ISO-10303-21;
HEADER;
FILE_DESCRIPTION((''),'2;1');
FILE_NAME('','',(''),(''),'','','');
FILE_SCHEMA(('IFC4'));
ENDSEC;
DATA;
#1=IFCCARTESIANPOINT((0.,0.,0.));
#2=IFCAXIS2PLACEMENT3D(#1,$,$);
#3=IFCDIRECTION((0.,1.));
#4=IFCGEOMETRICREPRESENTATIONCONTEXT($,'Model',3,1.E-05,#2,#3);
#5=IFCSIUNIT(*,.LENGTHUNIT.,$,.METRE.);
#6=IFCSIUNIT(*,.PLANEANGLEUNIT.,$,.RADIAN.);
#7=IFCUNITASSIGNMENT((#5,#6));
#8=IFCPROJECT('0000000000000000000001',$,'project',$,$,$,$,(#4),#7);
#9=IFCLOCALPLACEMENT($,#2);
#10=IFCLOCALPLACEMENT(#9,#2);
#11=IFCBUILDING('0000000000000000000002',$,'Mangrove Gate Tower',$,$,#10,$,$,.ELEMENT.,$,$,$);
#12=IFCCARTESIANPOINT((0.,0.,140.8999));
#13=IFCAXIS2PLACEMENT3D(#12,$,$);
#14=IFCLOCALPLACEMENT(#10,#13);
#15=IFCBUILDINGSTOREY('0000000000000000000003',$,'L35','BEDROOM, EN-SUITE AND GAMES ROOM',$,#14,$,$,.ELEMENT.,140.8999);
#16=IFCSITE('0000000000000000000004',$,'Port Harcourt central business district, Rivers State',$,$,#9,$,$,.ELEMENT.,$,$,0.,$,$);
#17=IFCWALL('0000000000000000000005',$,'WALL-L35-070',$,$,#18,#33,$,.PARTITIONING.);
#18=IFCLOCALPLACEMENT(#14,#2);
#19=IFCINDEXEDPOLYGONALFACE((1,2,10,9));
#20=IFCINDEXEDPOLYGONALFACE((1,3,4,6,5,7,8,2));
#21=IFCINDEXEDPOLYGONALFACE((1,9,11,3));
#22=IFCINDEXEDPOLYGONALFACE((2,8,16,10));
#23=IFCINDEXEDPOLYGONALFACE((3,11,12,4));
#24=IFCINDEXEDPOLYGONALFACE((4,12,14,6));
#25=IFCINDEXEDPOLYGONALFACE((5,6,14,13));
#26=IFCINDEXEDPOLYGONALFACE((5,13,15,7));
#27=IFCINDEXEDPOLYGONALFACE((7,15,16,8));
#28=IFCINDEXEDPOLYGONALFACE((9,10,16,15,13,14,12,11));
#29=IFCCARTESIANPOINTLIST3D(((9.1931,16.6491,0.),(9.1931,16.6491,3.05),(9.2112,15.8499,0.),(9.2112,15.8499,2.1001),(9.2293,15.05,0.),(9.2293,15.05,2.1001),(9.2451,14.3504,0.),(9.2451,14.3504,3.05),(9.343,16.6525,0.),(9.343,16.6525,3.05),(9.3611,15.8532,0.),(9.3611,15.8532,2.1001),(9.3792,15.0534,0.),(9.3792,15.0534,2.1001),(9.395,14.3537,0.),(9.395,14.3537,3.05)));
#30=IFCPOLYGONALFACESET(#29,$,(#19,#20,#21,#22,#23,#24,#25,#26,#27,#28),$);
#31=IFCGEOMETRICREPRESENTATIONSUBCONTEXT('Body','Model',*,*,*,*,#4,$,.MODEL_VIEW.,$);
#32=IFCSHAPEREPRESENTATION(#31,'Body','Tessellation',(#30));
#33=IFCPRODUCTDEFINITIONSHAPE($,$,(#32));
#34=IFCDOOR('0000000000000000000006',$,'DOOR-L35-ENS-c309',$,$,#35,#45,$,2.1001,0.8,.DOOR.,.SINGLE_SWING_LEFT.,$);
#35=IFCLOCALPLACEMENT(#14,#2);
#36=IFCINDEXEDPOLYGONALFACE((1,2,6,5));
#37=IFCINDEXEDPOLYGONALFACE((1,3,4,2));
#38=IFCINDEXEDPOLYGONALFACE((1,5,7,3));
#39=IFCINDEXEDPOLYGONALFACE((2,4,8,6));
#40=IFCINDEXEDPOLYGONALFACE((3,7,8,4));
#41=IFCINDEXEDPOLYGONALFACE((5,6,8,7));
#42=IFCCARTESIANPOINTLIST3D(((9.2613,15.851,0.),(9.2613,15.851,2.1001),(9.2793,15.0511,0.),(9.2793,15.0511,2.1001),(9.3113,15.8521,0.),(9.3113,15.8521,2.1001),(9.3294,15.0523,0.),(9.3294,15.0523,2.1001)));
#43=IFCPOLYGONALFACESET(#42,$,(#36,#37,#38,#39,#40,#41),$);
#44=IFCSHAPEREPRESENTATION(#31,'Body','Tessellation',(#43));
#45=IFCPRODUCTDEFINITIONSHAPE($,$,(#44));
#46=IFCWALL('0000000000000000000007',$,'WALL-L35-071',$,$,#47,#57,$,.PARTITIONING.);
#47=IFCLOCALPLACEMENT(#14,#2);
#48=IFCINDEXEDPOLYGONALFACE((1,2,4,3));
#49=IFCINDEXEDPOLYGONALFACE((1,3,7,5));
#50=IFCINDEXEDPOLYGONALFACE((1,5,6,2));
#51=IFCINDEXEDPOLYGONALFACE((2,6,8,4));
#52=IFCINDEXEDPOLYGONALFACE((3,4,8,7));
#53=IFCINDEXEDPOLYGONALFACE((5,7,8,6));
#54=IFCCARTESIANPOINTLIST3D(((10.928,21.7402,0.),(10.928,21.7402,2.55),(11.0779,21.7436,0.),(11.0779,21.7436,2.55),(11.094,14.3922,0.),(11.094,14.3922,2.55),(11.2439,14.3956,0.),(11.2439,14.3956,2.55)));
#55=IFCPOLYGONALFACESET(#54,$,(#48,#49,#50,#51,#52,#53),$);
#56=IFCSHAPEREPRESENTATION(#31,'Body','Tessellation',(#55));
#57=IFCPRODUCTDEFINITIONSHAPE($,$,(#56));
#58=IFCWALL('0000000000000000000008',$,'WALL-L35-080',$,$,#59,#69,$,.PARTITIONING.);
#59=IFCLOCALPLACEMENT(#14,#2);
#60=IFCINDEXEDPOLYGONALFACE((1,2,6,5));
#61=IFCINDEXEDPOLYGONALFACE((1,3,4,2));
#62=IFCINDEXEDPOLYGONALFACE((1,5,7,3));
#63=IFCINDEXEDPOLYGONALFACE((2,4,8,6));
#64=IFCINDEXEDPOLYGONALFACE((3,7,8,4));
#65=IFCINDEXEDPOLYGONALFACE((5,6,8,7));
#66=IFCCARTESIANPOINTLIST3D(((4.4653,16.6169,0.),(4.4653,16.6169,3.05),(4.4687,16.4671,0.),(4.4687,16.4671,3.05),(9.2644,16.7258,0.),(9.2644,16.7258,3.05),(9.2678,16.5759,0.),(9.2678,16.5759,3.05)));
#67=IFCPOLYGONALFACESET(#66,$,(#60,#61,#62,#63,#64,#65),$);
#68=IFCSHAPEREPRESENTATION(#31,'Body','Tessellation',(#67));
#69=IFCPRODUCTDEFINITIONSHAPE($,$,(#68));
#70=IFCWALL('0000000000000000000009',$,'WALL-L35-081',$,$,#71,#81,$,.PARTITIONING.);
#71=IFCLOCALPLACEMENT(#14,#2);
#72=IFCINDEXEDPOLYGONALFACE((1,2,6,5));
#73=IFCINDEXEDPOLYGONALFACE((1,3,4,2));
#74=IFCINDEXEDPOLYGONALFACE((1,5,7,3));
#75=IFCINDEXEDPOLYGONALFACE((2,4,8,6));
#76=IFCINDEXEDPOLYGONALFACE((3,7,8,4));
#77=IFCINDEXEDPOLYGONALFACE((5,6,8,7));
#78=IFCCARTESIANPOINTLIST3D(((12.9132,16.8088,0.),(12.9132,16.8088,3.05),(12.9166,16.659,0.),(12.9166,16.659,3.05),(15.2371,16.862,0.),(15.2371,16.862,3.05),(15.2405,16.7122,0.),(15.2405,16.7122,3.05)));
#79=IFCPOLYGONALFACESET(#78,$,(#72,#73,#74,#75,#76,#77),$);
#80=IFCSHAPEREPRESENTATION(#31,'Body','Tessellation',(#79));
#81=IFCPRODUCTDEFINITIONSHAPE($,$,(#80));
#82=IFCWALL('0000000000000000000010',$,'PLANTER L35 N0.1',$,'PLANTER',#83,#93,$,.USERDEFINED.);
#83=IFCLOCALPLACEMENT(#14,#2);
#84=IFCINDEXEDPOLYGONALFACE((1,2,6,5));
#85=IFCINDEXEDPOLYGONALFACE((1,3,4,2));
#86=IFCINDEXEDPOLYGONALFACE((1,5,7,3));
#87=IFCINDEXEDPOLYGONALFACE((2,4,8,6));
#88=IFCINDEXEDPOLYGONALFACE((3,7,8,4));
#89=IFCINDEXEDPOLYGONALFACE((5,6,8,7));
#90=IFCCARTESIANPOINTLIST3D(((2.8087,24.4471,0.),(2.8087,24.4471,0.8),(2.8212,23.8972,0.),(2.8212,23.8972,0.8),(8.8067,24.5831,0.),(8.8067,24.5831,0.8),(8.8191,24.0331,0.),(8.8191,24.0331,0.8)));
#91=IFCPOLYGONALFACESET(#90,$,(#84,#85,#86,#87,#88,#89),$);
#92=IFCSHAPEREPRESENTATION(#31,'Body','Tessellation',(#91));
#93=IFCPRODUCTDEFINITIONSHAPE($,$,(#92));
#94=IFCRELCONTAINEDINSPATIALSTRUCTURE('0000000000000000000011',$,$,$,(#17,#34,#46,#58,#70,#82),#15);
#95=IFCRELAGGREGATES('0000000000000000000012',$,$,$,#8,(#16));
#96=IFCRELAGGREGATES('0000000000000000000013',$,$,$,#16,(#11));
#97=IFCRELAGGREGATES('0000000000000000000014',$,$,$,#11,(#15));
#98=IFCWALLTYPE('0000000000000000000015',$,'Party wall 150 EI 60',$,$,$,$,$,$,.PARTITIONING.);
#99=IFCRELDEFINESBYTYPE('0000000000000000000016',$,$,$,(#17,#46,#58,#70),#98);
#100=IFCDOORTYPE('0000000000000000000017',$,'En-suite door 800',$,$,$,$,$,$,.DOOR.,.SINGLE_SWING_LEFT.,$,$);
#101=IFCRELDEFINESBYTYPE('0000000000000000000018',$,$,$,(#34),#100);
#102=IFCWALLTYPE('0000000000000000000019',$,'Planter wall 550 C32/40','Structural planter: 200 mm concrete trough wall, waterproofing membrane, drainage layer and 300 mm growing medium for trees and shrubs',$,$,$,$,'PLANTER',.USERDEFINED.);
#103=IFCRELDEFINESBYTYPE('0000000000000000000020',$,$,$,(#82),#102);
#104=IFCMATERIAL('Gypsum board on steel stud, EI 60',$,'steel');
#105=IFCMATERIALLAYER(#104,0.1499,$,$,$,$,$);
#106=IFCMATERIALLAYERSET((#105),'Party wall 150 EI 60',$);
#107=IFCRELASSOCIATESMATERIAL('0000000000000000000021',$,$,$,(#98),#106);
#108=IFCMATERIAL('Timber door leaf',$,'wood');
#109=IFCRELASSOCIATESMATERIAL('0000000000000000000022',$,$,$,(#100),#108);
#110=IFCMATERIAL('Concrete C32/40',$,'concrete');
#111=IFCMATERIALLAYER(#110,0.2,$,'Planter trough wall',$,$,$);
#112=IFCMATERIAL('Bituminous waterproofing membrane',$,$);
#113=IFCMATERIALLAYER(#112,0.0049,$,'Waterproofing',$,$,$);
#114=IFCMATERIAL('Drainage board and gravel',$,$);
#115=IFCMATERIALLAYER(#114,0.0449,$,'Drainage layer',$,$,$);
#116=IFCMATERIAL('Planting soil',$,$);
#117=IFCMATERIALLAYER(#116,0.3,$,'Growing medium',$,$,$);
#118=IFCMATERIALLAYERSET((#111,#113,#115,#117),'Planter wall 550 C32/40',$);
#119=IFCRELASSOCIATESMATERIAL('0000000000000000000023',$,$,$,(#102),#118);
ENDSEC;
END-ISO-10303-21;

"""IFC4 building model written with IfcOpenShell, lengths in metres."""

from ifc_helpers import new_model, si_unit, direction, frame, frame_2d, origin, place, context, subcontext, project, spatial, rectangle, extrude, material, layer, layer_set, type_object, element, fill, save


model = new_model("IFC4")

# Units and contexts
model_context = context("Model", 3, precision=1e-05, world=origin(), true_north=direction((0.0, 1.0)))
body_context = subcontext(model_context, "Body", "Model", "MODEL_VIEW")
ifc_project = project(units=[si_unit("LENGTHUNIT", "METRE"), si_unit("PLANEANGLEUNIT", "RADIAN")], contexts=[model_context])

# Site, building, storey
site_placement = place(None, origin())
site = spatial("IfcSite", under=ifc_project, at=site_placement, Name="Port Harcourt central business district, Rivers State", CompositionType="ELEMENT", RefElevation=0.0)
building_placement = place(site_placement, origin())
building = spatial("IfcBuilding", under=site, at=building_placement, Name="Mangrove Gate Tower", CompositionType="ELEMENT")
storey_placement = place(building_placement, frame((0.0, 0.0, 140.8999)))
storey = spatial("IfcBuildingStorey", under=building, at=storey_placement, Name="L35", Description="BEDROOM, EN-SUITE AND GAMES ROOM", CompositionType="ELEMENT", Elevation=140.8999)

# Shared definitions
ifc_material_1 = material(Name="Bituminous waterproofing membrane")

# Shared definitions
ifc_material_2 = material(Name="Gypsum board on steel stud, EI 60", Category="steel")
ifc_layer_1 = layer(ifc_material_2, 0.1499)
ifc_layer_set_1 = layer_set([ifc_layer_1], Name="Party wall 150 EI 60")
wall_type_1 = type_object("IfcWallType", Name="Party wall 150 EI 60", PredefinedType="PARTITIONING", material=ifc_layer_set_1)
ifc_material_3 = material(Name="Timber door leaf", Category="wood")
door_type = type_object("IfcDoorType", Name="En-suite door 800", OperationType="SINGLE_SWING_LEFT", PredefinedType="DOOR", material=ifc_material_3)

# Wall, opening, door
wall_1_placement = place(storey_placement, frame((9.3201, 14.3521, 0.0), z_axis=(0.0, 0.0, 1.0), x_axis=(-0.022615, 0.999744, 0.0)))
wall_1 = element("IfcWall", 1, at=wall_1_placement, inside=storey, type_object=wall_type_1, Name="WALL-L35-070", PredefinedType="PARTITIONING", context=body_context, shape_type="SweptSolid", body=[
    extrude(rectangle(XDim=2.2993, YDim=0.1499, at=frame_2d((1.1497, 0.0))), origin(), (0.0, 0.0, 1.0), 3.05),
])
opening_1_placement = place(wall_1_placement, frame((0.7, 0.0, 0.0)))
opening_1 = element("IfcOpeningElement", 2, at=opening_1_placement, cuts=wall_1, PredefinedType="OPENING", context=body_context, shape_type="SweptSolid", body=[
    extrude(rectangle(XDim=0.8, YDim=2.1001, at=frame_2d((0.3999, 1.05))), frame((0.0, 0.085, 0.0), z_axis=(0.0, -1.0, 0.0), x_axis=(1.0, 0.0, 0.0)), (0.0, 0.0, 1.0), 0.1699),
])
door_1_placement = place(opening_1_placement, origin())
door_1 = element("IfcDoor", 3, at=door_1_placement, inside=storey, type_object=door_type, Name="DOOR-L35-ENS-c309", OperationType="SINGLE_SWING_LEFT", OverallHeight=2.1001, OverallWidth=0.8, PredefinedType="DOOR", context=body_context, shape_type="SweptSolid", body=[
    extrude(rectangle(XDim=0.8, YDim=2.1001, at=frame_2d((0.3999, 1.05))), frame((0.0, 0.0249, 0.0), z_axis=(0.0, -1.0, 0.0), x_axis=(1.0, 0.0, 0.0)), (0.0, 0.0, 1.0), 0.05),
])
fill(opening_1, door_1)

# Walls
wall_2_placement = place(storey_placement, frame((11.1689, 14.394, 0.0), z_axis=(0.0, 0.0, 1.0), x_axis=(-0.022588, 0.999745, 0.0)))
element("IfcWall", 4, at=wall_2_placement, inside=storey, type_object=wall_type_1, Name="WALL-L35-071", PredefinedType="PARTITIONING", context=body_context, shape_type="SweptSolid", body=[
    extrude(rectangle(XDim=7.3499, YDim=0.1499, at=frame_2d((3.6748, 0.0))), origin(), (0.0, 0.0, 1.0), 2.55),
])
wall_3_placement = place(storey_placement, frame((4.467, 16.542, 0.0), z_axis=(0.0, 0.0, 1.0), x_axis=(0.999743, 0.022683, 0.0)))
element("IfcWall", 5, at=wall_3_placement, inside=storey, type_object=wall_type_1, Name="WALL-L35-080", PredefinedType="PARTITIONING", context=body_context, shape_type="SweptSolid", body=[
    extrude(rectangle(XDim=4.8003, YDim=0.1499, at=frame_2d((2.4001, 0.0))), origin(), (0.0, 0.0, 1.0), 3.05),
])
wall_4_placement = place(storey_placement, frame((12.915, 16.7339, 0.0), z_axis=(0.0, 0.0, 1.0), x_axis=(0.999738, 0.022896, 0.0)))
element("IfcWall", 6, at=wall_4_placement, inside=storey, type_object=wall_type_1, Name="WALL-L35-081", PredefinedType="PARTITIONING", context=body_context, shape_type="SweptSolid", body=[
    extrude(rectangle(XDim=2.3245, YDim=0.1499, at=frame_2d((1.1621, 0.0))), origin(), (0.0, 0.0, 1.0), 3.05),
])
ifc_material_4 = material(Name="Concrete C32/40", Category="concrete")
ifc_layer_2 = layer(ifc_material_4, 0.2, Name="Planter trough wall")
ifc_layer_3 = layer(ifc_material_1, 0.0049, Name="Waterproofing")
ifc_material_5 = material(Name="Drainage board and gravel")
ifc_layer_4 = layer(ifc_material_5, 0.0449, Name="Drainage layer")
ifc_material_6 = material(Name="Planting soil")
ifc_layer_5 = layer(ifc_material_6, 0.3, Name="Growing medium")
ifc_layer_set_2 = layer_set([ifc_layer_2, ifc_layer_3, ifc_layer_4, ifc_layer_5], Name="Planter wall 550 C32/40")
wall_type_2 = type_object("IfcWallType", Name="Planter wall 550 C32/40", Description="Structural planter: 200 mm concrete trough wall, waterproofing membrane, drainage layer and 300 mm growing medium for trees and shrubs", ElementType="PLANTER", PredefinedType="USERDEFINED", material=ifc_layer_set_2)
wall_5_placement = place(storey_placement, frame((2.8149, 24.1721, 0.0), z_axis=(0.0, 0.0, 1.0), x_axis=(0.999743, 0.022666, 0.0)))
element("IfcWall", 7, at=wall_5_placement, inside=storey, type_object=wall_type_2, Name="PLANTER L35 N0.1", ObjectType="PLANTER", PredefinedType="USERDEFINED", context=body_context, shape_type="SweptSolid", body=[
    extrude(rectangle(XDim=5.9995, YDim=0.55, at=frame_2d((2.9998, 0.0))), origin(), (0.0, 0.0, 1.0), 0.8),
])

save(model, "model.ifc")
